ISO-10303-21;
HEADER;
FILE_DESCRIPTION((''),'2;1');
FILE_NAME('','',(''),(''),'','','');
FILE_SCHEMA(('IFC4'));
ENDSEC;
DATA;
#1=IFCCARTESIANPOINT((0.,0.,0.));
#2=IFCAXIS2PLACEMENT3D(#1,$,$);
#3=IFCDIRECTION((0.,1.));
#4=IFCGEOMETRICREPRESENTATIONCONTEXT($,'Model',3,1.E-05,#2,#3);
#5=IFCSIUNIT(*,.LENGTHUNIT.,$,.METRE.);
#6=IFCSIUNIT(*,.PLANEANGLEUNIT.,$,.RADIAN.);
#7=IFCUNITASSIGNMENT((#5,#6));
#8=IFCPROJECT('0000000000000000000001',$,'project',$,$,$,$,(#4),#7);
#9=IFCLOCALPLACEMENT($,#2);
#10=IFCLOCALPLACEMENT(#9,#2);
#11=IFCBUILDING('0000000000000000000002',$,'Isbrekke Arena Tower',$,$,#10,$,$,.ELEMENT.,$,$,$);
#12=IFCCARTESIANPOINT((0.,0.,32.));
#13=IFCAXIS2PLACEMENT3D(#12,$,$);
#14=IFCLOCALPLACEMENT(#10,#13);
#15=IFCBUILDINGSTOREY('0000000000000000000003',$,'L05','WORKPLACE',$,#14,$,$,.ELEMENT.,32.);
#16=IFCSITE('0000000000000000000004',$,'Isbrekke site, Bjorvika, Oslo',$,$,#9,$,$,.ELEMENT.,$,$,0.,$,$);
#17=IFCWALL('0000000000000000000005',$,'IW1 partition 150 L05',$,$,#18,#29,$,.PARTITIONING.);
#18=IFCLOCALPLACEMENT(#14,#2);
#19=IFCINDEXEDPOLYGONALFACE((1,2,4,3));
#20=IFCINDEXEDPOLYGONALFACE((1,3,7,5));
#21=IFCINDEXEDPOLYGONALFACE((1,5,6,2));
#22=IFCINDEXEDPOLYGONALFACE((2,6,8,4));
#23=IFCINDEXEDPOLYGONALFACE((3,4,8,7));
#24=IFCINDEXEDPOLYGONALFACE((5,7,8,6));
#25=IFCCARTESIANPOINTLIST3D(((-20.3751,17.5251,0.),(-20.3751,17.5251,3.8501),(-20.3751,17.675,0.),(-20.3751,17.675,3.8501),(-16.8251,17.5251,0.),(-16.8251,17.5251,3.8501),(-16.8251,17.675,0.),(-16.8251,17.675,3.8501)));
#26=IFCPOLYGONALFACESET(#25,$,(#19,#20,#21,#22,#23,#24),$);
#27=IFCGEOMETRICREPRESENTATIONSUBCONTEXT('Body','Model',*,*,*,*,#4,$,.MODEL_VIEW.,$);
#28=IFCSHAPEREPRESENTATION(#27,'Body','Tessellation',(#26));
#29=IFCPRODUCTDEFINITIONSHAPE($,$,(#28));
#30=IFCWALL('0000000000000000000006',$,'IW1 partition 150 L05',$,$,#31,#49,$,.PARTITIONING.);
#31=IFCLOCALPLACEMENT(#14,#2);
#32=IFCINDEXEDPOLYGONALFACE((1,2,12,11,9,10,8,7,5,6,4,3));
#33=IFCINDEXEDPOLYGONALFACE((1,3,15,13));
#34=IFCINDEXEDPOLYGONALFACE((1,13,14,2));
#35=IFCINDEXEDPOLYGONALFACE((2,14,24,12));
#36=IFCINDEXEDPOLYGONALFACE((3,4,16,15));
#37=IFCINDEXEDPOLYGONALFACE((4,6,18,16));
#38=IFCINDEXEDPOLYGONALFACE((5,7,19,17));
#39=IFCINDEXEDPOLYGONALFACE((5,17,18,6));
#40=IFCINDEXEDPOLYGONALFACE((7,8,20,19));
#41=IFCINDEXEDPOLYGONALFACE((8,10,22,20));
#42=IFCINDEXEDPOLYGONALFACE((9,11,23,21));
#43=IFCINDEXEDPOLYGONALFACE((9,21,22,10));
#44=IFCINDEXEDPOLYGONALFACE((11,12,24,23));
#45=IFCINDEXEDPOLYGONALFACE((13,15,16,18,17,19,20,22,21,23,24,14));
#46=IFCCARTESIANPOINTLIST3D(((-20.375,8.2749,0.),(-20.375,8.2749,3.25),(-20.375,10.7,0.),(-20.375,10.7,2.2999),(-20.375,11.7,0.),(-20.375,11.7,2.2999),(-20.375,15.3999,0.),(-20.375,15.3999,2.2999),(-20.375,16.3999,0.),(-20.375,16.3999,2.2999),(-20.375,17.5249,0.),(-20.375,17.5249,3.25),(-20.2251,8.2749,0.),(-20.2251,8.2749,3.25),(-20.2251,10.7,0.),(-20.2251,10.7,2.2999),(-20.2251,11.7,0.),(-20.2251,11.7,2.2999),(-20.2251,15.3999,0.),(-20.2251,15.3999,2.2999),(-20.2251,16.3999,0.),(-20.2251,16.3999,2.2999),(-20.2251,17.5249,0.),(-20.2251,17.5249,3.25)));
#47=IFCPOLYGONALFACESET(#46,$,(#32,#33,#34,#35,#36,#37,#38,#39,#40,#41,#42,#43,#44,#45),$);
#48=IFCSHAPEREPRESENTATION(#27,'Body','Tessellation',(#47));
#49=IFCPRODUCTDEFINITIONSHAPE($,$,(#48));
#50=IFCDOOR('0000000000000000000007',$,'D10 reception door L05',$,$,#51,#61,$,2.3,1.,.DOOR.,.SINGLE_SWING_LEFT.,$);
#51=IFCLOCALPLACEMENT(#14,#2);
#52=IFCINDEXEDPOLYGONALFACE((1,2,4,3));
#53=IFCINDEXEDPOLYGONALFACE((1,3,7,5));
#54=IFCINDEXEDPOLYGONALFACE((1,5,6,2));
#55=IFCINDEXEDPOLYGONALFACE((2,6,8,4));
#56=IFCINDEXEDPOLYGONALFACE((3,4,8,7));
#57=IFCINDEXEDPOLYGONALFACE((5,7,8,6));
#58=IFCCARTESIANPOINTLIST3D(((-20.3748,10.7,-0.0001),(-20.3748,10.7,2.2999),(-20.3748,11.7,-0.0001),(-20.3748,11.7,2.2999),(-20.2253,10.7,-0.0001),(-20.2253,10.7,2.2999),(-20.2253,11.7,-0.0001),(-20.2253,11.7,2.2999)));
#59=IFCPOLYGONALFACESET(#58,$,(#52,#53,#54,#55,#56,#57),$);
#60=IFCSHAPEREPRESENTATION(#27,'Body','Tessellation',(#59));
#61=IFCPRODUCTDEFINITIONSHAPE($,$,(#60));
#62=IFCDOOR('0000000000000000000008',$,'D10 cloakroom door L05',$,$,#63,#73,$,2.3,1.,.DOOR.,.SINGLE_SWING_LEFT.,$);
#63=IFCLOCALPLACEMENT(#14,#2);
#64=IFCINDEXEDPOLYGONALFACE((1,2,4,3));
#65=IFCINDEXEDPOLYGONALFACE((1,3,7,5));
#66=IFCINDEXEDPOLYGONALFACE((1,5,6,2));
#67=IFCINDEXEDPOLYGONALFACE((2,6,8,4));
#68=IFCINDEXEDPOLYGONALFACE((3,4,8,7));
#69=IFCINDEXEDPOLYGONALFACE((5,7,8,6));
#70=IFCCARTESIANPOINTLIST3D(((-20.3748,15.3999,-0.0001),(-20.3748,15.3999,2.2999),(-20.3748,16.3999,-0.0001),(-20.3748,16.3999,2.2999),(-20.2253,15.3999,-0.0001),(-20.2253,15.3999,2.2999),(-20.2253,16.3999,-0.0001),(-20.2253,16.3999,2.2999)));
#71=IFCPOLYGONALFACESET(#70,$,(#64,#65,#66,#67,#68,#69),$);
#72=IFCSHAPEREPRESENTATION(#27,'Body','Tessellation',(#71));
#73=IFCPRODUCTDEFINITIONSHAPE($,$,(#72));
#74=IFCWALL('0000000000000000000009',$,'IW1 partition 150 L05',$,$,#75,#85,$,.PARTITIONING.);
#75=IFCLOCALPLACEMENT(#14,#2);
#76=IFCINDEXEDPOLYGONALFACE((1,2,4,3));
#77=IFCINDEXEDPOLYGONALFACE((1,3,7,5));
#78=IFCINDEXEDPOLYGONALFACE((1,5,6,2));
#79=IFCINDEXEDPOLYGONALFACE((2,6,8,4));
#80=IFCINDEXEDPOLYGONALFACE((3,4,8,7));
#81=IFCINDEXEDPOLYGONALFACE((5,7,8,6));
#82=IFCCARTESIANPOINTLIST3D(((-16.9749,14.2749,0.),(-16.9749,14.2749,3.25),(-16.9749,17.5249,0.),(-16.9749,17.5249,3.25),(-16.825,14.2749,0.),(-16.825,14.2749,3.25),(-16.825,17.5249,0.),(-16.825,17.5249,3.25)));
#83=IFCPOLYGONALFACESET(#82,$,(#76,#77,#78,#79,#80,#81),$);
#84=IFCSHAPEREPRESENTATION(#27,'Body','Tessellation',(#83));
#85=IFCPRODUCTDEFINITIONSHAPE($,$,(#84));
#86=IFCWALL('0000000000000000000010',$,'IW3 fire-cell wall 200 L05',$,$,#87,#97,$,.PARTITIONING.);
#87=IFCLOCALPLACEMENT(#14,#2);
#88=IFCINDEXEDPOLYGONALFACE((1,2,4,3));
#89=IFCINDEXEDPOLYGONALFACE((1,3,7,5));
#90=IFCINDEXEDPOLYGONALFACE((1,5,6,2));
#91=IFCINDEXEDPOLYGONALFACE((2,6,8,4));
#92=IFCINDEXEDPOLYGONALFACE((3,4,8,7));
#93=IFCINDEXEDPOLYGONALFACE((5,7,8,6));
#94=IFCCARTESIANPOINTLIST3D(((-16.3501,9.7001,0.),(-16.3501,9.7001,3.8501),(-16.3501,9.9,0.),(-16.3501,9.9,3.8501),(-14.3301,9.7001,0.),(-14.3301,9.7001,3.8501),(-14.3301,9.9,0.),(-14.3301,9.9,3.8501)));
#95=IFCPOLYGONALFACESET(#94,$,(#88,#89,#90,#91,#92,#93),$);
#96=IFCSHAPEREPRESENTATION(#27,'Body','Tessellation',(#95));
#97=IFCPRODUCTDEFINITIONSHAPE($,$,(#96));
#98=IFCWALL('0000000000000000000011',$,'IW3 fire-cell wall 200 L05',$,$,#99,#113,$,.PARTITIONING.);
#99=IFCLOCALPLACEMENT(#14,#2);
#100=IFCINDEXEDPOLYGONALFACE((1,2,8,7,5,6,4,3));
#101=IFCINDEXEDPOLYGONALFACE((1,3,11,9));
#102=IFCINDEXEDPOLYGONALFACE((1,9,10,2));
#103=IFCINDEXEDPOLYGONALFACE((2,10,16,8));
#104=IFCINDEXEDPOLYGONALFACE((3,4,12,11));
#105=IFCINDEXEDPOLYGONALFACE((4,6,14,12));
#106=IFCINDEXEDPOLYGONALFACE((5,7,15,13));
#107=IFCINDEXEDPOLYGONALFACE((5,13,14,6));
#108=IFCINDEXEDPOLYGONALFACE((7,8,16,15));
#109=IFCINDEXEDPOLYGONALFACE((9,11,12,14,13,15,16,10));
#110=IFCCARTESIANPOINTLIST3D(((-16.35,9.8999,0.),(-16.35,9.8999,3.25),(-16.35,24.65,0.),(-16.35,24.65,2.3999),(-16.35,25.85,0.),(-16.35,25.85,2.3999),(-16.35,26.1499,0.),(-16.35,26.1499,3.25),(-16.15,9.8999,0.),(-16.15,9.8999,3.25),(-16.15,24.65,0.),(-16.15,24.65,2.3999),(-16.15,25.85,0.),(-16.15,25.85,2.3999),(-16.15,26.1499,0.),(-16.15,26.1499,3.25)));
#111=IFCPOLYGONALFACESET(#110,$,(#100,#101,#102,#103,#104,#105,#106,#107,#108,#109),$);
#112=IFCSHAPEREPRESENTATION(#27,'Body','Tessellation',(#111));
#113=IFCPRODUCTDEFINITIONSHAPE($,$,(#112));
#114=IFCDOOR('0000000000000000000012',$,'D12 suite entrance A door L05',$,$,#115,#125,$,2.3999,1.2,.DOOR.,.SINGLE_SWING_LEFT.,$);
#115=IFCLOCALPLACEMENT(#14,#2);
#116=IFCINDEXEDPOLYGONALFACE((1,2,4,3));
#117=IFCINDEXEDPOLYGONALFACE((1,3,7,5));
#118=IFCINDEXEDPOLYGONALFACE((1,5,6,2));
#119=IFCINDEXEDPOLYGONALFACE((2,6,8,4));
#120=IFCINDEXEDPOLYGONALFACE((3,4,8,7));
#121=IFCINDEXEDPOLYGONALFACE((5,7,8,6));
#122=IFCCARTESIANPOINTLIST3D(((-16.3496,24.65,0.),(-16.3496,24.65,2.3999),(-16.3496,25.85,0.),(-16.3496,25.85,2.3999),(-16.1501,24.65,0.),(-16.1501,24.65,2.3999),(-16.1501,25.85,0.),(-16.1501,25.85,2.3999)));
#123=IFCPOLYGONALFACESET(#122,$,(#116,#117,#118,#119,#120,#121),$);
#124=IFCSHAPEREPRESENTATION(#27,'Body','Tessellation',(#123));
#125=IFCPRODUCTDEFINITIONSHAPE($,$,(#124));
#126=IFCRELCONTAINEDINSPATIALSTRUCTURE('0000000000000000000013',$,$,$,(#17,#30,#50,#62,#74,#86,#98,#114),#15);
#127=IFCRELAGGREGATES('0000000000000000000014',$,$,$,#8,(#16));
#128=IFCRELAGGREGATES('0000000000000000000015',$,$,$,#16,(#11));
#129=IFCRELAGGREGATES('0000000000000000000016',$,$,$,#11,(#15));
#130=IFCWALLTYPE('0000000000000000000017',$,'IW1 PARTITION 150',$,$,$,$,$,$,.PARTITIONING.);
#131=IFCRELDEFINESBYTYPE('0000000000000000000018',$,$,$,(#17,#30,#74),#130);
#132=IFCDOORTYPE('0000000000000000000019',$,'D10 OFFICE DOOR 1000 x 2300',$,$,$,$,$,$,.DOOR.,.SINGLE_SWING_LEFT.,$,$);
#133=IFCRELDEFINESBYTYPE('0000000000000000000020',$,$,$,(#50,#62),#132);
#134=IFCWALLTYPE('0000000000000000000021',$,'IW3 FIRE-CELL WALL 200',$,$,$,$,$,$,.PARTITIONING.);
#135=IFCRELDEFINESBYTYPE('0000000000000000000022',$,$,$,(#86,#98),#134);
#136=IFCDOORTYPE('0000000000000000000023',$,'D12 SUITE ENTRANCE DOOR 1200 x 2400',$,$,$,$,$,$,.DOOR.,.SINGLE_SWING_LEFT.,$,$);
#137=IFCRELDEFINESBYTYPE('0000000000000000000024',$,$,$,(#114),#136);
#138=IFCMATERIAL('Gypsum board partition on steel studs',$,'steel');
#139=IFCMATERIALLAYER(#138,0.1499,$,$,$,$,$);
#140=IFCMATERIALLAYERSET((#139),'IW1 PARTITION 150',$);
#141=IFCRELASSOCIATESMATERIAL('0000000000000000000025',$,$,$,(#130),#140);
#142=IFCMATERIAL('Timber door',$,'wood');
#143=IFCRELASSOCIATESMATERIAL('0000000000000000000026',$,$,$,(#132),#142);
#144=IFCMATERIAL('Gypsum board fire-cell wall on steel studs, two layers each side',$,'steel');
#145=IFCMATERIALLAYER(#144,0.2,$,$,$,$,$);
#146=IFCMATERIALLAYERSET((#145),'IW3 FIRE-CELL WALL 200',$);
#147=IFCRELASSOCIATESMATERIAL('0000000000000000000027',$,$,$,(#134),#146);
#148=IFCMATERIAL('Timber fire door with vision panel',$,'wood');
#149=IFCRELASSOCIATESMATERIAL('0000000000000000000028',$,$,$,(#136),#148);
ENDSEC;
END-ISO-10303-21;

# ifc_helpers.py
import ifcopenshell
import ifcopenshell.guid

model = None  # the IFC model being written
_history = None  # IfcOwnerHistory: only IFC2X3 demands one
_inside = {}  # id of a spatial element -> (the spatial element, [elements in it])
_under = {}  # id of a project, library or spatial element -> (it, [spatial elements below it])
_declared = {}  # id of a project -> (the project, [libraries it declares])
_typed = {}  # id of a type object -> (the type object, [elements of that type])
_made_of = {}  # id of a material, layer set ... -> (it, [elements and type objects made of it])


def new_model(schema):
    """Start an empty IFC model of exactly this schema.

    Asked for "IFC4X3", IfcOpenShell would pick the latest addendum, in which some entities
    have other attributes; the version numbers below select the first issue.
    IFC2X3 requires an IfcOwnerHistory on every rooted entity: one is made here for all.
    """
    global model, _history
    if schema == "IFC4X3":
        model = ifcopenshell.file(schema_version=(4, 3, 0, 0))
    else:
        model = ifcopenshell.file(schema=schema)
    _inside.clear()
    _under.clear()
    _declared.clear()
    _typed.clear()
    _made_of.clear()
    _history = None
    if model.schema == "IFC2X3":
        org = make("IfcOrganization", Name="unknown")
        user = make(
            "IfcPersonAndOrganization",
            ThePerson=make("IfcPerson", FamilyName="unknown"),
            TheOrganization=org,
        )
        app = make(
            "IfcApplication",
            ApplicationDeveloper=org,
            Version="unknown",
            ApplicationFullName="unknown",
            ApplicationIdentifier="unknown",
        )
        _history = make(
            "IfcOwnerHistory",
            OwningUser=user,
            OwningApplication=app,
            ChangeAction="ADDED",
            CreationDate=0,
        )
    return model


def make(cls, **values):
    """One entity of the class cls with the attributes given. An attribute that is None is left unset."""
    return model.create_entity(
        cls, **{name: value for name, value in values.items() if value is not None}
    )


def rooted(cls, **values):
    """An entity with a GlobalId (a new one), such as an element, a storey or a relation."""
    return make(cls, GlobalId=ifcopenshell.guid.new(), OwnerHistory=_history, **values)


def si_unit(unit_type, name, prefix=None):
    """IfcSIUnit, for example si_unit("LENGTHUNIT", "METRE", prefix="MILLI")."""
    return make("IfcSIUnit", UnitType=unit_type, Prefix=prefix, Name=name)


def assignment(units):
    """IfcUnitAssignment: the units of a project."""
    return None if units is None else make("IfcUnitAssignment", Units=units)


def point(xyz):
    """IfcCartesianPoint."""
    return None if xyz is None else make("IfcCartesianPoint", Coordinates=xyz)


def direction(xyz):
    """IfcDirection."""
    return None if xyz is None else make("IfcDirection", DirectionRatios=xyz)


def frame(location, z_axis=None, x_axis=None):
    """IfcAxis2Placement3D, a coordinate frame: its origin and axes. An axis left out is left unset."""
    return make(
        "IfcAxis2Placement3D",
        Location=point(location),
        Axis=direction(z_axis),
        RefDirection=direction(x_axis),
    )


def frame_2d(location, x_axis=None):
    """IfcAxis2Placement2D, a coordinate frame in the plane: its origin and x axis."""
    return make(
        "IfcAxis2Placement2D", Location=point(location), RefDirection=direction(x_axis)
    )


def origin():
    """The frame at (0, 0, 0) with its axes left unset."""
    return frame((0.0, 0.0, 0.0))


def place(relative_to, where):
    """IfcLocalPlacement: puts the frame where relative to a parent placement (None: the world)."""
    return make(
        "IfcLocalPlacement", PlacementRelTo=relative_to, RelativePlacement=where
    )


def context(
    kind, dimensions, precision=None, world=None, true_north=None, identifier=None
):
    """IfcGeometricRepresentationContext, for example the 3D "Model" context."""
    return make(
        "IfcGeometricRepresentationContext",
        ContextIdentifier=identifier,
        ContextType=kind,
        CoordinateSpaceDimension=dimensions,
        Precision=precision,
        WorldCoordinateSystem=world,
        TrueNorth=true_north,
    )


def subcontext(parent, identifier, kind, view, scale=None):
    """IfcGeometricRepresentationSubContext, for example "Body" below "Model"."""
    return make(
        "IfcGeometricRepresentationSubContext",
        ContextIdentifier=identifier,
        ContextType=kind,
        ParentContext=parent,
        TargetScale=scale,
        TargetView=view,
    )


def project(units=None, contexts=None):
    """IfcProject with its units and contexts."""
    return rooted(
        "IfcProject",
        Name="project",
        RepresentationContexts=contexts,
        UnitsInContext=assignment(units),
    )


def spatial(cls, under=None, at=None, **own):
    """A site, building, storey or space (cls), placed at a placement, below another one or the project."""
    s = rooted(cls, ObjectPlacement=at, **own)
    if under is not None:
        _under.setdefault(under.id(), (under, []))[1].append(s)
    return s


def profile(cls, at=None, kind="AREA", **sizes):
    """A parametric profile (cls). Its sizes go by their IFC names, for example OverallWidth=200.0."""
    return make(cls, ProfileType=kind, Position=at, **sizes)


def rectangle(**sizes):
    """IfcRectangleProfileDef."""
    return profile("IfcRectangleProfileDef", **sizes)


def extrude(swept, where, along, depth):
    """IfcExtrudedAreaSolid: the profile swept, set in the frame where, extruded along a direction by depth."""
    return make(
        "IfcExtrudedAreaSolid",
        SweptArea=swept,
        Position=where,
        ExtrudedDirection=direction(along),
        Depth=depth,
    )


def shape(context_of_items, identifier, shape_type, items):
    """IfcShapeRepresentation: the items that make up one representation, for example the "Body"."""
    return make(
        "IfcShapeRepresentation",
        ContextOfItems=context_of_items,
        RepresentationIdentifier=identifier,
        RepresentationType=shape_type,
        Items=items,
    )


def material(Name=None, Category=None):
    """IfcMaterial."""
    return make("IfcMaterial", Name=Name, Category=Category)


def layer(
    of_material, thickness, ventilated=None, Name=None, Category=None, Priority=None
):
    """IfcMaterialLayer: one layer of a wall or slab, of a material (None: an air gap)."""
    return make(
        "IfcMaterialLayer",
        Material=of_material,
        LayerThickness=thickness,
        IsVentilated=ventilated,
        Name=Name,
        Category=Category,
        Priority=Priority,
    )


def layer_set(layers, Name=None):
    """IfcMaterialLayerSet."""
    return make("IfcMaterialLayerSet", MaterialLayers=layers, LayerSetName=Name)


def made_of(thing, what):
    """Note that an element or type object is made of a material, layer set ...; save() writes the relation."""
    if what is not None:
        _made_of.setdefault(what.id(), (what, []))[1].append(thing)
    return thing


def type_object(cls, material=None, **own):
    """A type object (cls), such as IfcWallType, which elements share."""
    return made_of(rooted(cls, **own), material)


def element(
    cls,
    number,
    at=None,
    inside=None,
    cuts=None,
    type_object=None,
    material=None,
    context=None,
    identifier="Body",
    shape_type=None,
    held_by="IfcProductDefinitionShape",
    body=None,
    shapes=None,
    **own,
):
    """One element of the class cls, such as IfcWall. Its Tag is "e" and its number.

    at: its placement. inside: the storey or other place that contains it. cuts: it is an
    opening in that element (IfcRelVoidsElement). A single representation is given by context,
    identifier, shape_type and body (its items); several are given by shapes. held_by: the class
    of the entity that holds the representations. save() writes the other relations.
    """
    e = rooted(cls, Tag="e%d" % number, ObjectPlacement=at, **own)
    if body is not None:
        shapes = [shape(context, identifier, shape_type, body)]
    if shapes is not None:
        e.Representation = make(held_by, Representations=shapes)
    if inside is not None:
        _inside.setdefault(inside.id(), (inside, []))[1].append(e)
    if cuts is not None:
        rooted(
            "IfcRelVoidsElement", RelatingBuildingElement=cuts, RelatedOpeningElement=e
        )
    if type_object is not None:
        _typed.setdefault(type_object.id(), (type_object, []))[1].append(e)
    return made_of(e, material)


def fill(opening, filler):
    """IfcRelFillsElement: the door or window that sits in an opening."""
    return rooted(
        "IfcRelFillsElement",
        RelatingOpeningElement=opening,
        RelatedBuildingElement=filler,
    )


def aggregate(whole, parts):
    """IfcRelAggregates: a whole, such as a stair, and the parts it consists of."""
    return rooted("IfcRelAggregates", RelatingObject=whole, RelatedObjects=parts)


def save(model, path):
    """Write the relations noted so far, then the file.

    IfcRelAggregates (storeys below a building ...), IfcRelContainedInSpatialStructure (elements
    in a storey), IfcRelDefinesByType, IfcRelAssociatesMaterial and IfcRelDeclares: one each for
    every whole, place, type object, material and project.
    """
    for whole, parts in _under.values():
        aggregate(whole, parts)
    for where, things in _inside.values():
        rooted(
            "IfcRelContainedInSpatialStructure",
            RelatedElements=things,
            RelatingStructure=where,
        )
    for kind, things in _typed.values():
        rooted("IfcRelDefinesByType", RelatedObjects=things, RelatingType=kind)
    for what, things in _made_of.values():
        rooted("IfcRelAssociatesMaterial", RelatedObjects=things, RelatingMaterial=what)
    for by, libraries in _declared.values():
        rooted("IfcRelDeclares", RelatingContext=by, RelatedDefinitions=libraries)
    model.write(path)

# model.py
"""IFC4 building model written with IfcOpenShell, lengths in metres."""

from ifc_helpers import new_model, si_unit, direction, frame, frame_2d, origin, place, context, subcontext, project, spatial, rectangle, extrude, material, layer, layer_set, type_object, element, fill, save


model = new_model("IFC4")

# Units and contexts
model_context = context("Model", 3, precision=1e-05, world=origin(), true_north=direction((0.0, 1.0)))
body_context = subcontext(model_context, "Body", "Model", "MODEL_VIEW")
ifc_project = project(units=[si_unit("LENGTHUNIT", "METRE"), si_unit("PLANEANGLEUNIT", "RADIAN")], contexts=[model_context])

# Site, building, storey
site_placement = place(None, origin())
site = spatial("IfcSite", under=ifc_project, at=site_placement, Name="Isbrekke site, Bjorvika, Oslo", CompositionType="ELEMENT", RefElevation=0.0)
building_placement = place(site_placement, origin())
building = spatial("IfcBuilding", under=site, at=building_placement, Name="Isbrekke Arena Tower", CompositionType="ELEMENT")
storey_placement = place(building_placement, frame((0.0, 0.0, 32.0)))
storey = spatial("IfcBuildingStorey", under=building, at=storey_placement, Name="L05", Description="WORKPLACE", CompositionType="ELEMENT", Elevation=32.0)

# Wall
ifc_material_1 = material(Name="Gypsum board partition on steel studs", Category="steel")
ifc_layer_1 = layer(ifc_material_1, 0.1499)
ifc_layer_set_1 = layer_set([ifc_layer_1], Name="IW1 PARTITION 150")
wall_type_1 = type_object("IfcWallType", Name="IW1 PARTITION 150", PredefinedType="PARTITIONING", material=ifc_layer_set_1)
wall_1_placement = place(storey_placement, frame((-20.375, 17.6001, 0.0), z_axis=(0.0, 0.0, 1.0), x_axis=(1.0, 0.0, 0.0)))
element("IfcWall", 1, at=wall_1_placement, inside=storey, type_object=wall_type_1, Name="IW1 partition 150 L05", PredefinedType="PARTITIONING", context=body_context, shape_type="SweptSolid", body=[
    extrude(rectangle(XDim=3.55, YDim=0.1499, at=frame_2d((1.7749, 0.0))), origin(), (0.0, 0.0, 1.0), 3.8501),
])

# Wall, openings, doors
wall_2_placement = place(storey_placement, frame((-20.3, 8.2749, 0.0), z_axis=(0.0, 0.0, 1.0), x_axis=(0.0, 1.0, 0.0)))
wall_2 = element("IfcWall", 2, at=wall_2_placement, inside=storey, type_object=wall_type_1, Name="IW1 partition 150 L05", PredefinedType="PARTITIONING", context=body_context, shape_type="SweptSolid", body=[
    extrude(rectangle(XDim=9.25, YDim=0.1499, at=frame_2d((4.625, 0.0))), origin(), (0.0, 0.0, 1.0), 3.25),
])
opening_1_placement = place(wall_2_placement, frame((2.425, 0.0, 0.0)))
opening_1 = element("IfcOpeningElement", 3, at=opening_1_placement, cuts=wall_2, PredefinedType="OPENING", context=body_context, shape_type="SweptSolid", body=[
    extrude(rectangle(XDim=1.0, YDim=2.3, at=frame_2d((0.5, 1.1499))), frame((0.0, 0.0898, 0.0), z_axis=(0.0, -1.0, 0.0), x_axis=(1.0, 0.0, 0.0)), (0.0, 0.0, 1.0), 0.1797),
])
opening_2_placement = place(wall_2_placement, frame((7.125, 0.0, 0.0)))
opening_2 = element("IfcOpeningElement", 4, at=opening_2_placement, cuts=wall_2, PredefinedType="OPENING", context=body_context, shape_type="SweptSolid", body=[
    extrude(rectangle(XDim=1.0, YDim=2.3, at=frame_2d((0.5, 1.1499))), frame((0.0, 0.0898, 0.0), z_axis=(0.0, -1.0, 0.0), x_axis=(1.0, 0.0, 0.0)), (0.0, 0.0, 1.0), 0.1797),
])
ifc_material_2 = material(Name="Timber door", Category="wood")
door_type_1 = type_object("IfcDoorType", Name="D10 OFFICE DOOR 1000 x 2300", OperationType="SINGLE_SWING_LEFT", PredefinedType="DOOR", material=ifc_material_2)
door_1_placement = place(opening_1_placement, origin())
door_1 = element("IfcDoor", 5, at=door_1_placement, inside=storey, type_object=door_type_1, Name="D10 reception door L05", OperationType="SINGLE_SWING_LEFT", OverallHeight=2.3, OverallWidth=1.0, PredefinedType="DOOR", context=body_context, shape_type="SweptSolid", body=[
    extrude(rectangle(XDim=1.0, YDim=2.3, at=frame_2d((0.5, 1.1499))), frame((0.0, 0.0747, 0.0), z_axis=(0.0, -1.0, 0.0), x_axis=(1.0, 0.0, 0.0)), (0.0, 0.0, 1.0), 0.1494),
])
fill(opening_1, door_1)
door_2_placement = place(opening_2_placement, origin())
door_2 = element("IfcDoor", 6, at=door_2_placement, inside=storey, type_object=door_type_1, Name="D10 cloakroom door L05", OperationType="SINGLE_SWING_LEFT", OverallHeight=2.3, OverallWidth=1.0, PredefinedType="DOOR", context=body_context, shape_type="SweptSolid", body=[
    extrude(rectangle(XDim=1.0, YDim=2.3, at=frame_2d((0.5, 1.1499))), frame((0.0, 0.0747, 0.0), z_axis=(0.0, -1.0, 0.0), x_axis=(1.0, 0.0, 0.0)), (0.0, 0.0, 1.0), 0.1494),
])
fill(opening_2, door_2)

# Walls
wall_3_placement = place(storey_placement, frame((-16.8999, 14.2749, 0.0), z_axis=(0.0, 0.0, 1.0), x_axis=(0.0, 1.0, 0.0)))
element("IfcWall", 7, at=wall_3_placement, inside=storey, type_object=wall_type_1, Name="IW1 partition 150 L05", PredefinedType="PARTITIONING", context=body_context, shape_type="SweptSolid", body=[
    extrude(rectangle(XDim=3.25, YDim=0.1499, at=frame_2d((1.625, 0.0))), origin(), (0.0, 0.0, 1.0), 3.25),
])
ifc_material_3 = material(Name="Gypsum board fire-cell wall on steel studs, two layers each side", Category="steel")
ifc_layer_2 = layer(ifc_material_3, 0.2)
ifc_layer_set_2 = layer_set([ifc_layer_2], Name="IW3 FIRE-CELL WALL 200")
wall_type_2 = type_object("IfcWallType", Name="IW3 FIRE-CELL WALL 200", PredefinedType="PARTITIONING", material=ifc_layer_set_2)
wall_4_placement = place(storey_placement, frame((-16.3501, 9.8, 0.0), z_axis=(0.0, 0.0, 1.0), x_axis=(1.0, 0.0, 0.0)))
element("IfcWall", 8, at=wall_4_placement, inside=storey, type_object=wall_type_2, Name="IW3 fire-cell wall 200 L05", PredefinedType="PARTITIONING", context=body_context, shape_type="SweptSolid", body=[
    extrude(rectangle(XDim=2.02, YDim=0.2, at=frame_2d((1.01, 0.0))), origin(), (0.0, 0.0, 1.0), 3.8501),
])

# Wall, opening, door
wall_5_placement = place(storey_placement, frame((-16.25, 9.8999, 0.0), z_axis=(0.0, 0.0, 1.0), x_axis=(0.0, 1.0, 0.0)))
wall_5 = element("IfcWall", 9, at=wall_5_placement, inside=storey, type_object=wall_type_2, Name="IW3 fire-cell wall 200 L05", PredefinedType="PARTITIONING", context=body_context, shape_type="SweptSolid", body=[
    extrude(rectangle(XDim=16.25, YDim=0.2, at=frame_2d((8.125, 0.0))), origin(), (0.0, 0.0, 1.0), 3.25),
])
opening_3_placement = place(wall_5_placement, frame((14.75, 0.0, 0.0)))
opening_3 = element("IfcOpeningElement", 10, at=opening_3_placement, cuts=wall_5, PredefinedType="OPENING", context=body_context, shape_type="SweptSolid", body=[
    extrude(rectangle(XDim=1.2, YDim=2.3999, at=frame_2d((0.6001, 1.2))), frame((0.0, 0.1147, 0.0), z_axis=(0.0, -1.0, 0.0), x_axis=(1.0, 0.0, 0.0)), (0.0, 0.0, 1.0), 0.2297),
])
ifc_material_4 = material(Name="Timber fire door with vision panel", Category="wood")
door_type_2 = type_object("IfcDoorType", Name="D12 SUITE ENTRANCE DOOR 1200 x 2400", OperationType="SINGLE_SWING_LEFT", PredefinedType="DOOR", material=ifc_material_4)
door_3_placement = place(opening_3_placement, origin())
door_3 = element("IfcDoor", 11, at=door_3_placement, inside=storey, type_object=door_type_2, Name="D12 suite entrance A door L05", OperationType="SINGLE_SWING_LEFT", OverallHeight=2.3999, OverallWidth=1.2, PredefinedType="DOOR", context=body_context, shape_type="SweptSolid", body=[
    extrude(rectangle(XDim=1.2, YDim=2.3999, at=frame_2d((0.6001, 1.2))), frame((0.0, 0.0996, 0.0), z_axis=(0.0, -1.0, 0.0), x_axis=(1.0, 0.0, 0.0)), (0.0, 0.0, 1.0), 0.1995),
])
fill(opening_3, door_3)

save(model, "model.ifc")
